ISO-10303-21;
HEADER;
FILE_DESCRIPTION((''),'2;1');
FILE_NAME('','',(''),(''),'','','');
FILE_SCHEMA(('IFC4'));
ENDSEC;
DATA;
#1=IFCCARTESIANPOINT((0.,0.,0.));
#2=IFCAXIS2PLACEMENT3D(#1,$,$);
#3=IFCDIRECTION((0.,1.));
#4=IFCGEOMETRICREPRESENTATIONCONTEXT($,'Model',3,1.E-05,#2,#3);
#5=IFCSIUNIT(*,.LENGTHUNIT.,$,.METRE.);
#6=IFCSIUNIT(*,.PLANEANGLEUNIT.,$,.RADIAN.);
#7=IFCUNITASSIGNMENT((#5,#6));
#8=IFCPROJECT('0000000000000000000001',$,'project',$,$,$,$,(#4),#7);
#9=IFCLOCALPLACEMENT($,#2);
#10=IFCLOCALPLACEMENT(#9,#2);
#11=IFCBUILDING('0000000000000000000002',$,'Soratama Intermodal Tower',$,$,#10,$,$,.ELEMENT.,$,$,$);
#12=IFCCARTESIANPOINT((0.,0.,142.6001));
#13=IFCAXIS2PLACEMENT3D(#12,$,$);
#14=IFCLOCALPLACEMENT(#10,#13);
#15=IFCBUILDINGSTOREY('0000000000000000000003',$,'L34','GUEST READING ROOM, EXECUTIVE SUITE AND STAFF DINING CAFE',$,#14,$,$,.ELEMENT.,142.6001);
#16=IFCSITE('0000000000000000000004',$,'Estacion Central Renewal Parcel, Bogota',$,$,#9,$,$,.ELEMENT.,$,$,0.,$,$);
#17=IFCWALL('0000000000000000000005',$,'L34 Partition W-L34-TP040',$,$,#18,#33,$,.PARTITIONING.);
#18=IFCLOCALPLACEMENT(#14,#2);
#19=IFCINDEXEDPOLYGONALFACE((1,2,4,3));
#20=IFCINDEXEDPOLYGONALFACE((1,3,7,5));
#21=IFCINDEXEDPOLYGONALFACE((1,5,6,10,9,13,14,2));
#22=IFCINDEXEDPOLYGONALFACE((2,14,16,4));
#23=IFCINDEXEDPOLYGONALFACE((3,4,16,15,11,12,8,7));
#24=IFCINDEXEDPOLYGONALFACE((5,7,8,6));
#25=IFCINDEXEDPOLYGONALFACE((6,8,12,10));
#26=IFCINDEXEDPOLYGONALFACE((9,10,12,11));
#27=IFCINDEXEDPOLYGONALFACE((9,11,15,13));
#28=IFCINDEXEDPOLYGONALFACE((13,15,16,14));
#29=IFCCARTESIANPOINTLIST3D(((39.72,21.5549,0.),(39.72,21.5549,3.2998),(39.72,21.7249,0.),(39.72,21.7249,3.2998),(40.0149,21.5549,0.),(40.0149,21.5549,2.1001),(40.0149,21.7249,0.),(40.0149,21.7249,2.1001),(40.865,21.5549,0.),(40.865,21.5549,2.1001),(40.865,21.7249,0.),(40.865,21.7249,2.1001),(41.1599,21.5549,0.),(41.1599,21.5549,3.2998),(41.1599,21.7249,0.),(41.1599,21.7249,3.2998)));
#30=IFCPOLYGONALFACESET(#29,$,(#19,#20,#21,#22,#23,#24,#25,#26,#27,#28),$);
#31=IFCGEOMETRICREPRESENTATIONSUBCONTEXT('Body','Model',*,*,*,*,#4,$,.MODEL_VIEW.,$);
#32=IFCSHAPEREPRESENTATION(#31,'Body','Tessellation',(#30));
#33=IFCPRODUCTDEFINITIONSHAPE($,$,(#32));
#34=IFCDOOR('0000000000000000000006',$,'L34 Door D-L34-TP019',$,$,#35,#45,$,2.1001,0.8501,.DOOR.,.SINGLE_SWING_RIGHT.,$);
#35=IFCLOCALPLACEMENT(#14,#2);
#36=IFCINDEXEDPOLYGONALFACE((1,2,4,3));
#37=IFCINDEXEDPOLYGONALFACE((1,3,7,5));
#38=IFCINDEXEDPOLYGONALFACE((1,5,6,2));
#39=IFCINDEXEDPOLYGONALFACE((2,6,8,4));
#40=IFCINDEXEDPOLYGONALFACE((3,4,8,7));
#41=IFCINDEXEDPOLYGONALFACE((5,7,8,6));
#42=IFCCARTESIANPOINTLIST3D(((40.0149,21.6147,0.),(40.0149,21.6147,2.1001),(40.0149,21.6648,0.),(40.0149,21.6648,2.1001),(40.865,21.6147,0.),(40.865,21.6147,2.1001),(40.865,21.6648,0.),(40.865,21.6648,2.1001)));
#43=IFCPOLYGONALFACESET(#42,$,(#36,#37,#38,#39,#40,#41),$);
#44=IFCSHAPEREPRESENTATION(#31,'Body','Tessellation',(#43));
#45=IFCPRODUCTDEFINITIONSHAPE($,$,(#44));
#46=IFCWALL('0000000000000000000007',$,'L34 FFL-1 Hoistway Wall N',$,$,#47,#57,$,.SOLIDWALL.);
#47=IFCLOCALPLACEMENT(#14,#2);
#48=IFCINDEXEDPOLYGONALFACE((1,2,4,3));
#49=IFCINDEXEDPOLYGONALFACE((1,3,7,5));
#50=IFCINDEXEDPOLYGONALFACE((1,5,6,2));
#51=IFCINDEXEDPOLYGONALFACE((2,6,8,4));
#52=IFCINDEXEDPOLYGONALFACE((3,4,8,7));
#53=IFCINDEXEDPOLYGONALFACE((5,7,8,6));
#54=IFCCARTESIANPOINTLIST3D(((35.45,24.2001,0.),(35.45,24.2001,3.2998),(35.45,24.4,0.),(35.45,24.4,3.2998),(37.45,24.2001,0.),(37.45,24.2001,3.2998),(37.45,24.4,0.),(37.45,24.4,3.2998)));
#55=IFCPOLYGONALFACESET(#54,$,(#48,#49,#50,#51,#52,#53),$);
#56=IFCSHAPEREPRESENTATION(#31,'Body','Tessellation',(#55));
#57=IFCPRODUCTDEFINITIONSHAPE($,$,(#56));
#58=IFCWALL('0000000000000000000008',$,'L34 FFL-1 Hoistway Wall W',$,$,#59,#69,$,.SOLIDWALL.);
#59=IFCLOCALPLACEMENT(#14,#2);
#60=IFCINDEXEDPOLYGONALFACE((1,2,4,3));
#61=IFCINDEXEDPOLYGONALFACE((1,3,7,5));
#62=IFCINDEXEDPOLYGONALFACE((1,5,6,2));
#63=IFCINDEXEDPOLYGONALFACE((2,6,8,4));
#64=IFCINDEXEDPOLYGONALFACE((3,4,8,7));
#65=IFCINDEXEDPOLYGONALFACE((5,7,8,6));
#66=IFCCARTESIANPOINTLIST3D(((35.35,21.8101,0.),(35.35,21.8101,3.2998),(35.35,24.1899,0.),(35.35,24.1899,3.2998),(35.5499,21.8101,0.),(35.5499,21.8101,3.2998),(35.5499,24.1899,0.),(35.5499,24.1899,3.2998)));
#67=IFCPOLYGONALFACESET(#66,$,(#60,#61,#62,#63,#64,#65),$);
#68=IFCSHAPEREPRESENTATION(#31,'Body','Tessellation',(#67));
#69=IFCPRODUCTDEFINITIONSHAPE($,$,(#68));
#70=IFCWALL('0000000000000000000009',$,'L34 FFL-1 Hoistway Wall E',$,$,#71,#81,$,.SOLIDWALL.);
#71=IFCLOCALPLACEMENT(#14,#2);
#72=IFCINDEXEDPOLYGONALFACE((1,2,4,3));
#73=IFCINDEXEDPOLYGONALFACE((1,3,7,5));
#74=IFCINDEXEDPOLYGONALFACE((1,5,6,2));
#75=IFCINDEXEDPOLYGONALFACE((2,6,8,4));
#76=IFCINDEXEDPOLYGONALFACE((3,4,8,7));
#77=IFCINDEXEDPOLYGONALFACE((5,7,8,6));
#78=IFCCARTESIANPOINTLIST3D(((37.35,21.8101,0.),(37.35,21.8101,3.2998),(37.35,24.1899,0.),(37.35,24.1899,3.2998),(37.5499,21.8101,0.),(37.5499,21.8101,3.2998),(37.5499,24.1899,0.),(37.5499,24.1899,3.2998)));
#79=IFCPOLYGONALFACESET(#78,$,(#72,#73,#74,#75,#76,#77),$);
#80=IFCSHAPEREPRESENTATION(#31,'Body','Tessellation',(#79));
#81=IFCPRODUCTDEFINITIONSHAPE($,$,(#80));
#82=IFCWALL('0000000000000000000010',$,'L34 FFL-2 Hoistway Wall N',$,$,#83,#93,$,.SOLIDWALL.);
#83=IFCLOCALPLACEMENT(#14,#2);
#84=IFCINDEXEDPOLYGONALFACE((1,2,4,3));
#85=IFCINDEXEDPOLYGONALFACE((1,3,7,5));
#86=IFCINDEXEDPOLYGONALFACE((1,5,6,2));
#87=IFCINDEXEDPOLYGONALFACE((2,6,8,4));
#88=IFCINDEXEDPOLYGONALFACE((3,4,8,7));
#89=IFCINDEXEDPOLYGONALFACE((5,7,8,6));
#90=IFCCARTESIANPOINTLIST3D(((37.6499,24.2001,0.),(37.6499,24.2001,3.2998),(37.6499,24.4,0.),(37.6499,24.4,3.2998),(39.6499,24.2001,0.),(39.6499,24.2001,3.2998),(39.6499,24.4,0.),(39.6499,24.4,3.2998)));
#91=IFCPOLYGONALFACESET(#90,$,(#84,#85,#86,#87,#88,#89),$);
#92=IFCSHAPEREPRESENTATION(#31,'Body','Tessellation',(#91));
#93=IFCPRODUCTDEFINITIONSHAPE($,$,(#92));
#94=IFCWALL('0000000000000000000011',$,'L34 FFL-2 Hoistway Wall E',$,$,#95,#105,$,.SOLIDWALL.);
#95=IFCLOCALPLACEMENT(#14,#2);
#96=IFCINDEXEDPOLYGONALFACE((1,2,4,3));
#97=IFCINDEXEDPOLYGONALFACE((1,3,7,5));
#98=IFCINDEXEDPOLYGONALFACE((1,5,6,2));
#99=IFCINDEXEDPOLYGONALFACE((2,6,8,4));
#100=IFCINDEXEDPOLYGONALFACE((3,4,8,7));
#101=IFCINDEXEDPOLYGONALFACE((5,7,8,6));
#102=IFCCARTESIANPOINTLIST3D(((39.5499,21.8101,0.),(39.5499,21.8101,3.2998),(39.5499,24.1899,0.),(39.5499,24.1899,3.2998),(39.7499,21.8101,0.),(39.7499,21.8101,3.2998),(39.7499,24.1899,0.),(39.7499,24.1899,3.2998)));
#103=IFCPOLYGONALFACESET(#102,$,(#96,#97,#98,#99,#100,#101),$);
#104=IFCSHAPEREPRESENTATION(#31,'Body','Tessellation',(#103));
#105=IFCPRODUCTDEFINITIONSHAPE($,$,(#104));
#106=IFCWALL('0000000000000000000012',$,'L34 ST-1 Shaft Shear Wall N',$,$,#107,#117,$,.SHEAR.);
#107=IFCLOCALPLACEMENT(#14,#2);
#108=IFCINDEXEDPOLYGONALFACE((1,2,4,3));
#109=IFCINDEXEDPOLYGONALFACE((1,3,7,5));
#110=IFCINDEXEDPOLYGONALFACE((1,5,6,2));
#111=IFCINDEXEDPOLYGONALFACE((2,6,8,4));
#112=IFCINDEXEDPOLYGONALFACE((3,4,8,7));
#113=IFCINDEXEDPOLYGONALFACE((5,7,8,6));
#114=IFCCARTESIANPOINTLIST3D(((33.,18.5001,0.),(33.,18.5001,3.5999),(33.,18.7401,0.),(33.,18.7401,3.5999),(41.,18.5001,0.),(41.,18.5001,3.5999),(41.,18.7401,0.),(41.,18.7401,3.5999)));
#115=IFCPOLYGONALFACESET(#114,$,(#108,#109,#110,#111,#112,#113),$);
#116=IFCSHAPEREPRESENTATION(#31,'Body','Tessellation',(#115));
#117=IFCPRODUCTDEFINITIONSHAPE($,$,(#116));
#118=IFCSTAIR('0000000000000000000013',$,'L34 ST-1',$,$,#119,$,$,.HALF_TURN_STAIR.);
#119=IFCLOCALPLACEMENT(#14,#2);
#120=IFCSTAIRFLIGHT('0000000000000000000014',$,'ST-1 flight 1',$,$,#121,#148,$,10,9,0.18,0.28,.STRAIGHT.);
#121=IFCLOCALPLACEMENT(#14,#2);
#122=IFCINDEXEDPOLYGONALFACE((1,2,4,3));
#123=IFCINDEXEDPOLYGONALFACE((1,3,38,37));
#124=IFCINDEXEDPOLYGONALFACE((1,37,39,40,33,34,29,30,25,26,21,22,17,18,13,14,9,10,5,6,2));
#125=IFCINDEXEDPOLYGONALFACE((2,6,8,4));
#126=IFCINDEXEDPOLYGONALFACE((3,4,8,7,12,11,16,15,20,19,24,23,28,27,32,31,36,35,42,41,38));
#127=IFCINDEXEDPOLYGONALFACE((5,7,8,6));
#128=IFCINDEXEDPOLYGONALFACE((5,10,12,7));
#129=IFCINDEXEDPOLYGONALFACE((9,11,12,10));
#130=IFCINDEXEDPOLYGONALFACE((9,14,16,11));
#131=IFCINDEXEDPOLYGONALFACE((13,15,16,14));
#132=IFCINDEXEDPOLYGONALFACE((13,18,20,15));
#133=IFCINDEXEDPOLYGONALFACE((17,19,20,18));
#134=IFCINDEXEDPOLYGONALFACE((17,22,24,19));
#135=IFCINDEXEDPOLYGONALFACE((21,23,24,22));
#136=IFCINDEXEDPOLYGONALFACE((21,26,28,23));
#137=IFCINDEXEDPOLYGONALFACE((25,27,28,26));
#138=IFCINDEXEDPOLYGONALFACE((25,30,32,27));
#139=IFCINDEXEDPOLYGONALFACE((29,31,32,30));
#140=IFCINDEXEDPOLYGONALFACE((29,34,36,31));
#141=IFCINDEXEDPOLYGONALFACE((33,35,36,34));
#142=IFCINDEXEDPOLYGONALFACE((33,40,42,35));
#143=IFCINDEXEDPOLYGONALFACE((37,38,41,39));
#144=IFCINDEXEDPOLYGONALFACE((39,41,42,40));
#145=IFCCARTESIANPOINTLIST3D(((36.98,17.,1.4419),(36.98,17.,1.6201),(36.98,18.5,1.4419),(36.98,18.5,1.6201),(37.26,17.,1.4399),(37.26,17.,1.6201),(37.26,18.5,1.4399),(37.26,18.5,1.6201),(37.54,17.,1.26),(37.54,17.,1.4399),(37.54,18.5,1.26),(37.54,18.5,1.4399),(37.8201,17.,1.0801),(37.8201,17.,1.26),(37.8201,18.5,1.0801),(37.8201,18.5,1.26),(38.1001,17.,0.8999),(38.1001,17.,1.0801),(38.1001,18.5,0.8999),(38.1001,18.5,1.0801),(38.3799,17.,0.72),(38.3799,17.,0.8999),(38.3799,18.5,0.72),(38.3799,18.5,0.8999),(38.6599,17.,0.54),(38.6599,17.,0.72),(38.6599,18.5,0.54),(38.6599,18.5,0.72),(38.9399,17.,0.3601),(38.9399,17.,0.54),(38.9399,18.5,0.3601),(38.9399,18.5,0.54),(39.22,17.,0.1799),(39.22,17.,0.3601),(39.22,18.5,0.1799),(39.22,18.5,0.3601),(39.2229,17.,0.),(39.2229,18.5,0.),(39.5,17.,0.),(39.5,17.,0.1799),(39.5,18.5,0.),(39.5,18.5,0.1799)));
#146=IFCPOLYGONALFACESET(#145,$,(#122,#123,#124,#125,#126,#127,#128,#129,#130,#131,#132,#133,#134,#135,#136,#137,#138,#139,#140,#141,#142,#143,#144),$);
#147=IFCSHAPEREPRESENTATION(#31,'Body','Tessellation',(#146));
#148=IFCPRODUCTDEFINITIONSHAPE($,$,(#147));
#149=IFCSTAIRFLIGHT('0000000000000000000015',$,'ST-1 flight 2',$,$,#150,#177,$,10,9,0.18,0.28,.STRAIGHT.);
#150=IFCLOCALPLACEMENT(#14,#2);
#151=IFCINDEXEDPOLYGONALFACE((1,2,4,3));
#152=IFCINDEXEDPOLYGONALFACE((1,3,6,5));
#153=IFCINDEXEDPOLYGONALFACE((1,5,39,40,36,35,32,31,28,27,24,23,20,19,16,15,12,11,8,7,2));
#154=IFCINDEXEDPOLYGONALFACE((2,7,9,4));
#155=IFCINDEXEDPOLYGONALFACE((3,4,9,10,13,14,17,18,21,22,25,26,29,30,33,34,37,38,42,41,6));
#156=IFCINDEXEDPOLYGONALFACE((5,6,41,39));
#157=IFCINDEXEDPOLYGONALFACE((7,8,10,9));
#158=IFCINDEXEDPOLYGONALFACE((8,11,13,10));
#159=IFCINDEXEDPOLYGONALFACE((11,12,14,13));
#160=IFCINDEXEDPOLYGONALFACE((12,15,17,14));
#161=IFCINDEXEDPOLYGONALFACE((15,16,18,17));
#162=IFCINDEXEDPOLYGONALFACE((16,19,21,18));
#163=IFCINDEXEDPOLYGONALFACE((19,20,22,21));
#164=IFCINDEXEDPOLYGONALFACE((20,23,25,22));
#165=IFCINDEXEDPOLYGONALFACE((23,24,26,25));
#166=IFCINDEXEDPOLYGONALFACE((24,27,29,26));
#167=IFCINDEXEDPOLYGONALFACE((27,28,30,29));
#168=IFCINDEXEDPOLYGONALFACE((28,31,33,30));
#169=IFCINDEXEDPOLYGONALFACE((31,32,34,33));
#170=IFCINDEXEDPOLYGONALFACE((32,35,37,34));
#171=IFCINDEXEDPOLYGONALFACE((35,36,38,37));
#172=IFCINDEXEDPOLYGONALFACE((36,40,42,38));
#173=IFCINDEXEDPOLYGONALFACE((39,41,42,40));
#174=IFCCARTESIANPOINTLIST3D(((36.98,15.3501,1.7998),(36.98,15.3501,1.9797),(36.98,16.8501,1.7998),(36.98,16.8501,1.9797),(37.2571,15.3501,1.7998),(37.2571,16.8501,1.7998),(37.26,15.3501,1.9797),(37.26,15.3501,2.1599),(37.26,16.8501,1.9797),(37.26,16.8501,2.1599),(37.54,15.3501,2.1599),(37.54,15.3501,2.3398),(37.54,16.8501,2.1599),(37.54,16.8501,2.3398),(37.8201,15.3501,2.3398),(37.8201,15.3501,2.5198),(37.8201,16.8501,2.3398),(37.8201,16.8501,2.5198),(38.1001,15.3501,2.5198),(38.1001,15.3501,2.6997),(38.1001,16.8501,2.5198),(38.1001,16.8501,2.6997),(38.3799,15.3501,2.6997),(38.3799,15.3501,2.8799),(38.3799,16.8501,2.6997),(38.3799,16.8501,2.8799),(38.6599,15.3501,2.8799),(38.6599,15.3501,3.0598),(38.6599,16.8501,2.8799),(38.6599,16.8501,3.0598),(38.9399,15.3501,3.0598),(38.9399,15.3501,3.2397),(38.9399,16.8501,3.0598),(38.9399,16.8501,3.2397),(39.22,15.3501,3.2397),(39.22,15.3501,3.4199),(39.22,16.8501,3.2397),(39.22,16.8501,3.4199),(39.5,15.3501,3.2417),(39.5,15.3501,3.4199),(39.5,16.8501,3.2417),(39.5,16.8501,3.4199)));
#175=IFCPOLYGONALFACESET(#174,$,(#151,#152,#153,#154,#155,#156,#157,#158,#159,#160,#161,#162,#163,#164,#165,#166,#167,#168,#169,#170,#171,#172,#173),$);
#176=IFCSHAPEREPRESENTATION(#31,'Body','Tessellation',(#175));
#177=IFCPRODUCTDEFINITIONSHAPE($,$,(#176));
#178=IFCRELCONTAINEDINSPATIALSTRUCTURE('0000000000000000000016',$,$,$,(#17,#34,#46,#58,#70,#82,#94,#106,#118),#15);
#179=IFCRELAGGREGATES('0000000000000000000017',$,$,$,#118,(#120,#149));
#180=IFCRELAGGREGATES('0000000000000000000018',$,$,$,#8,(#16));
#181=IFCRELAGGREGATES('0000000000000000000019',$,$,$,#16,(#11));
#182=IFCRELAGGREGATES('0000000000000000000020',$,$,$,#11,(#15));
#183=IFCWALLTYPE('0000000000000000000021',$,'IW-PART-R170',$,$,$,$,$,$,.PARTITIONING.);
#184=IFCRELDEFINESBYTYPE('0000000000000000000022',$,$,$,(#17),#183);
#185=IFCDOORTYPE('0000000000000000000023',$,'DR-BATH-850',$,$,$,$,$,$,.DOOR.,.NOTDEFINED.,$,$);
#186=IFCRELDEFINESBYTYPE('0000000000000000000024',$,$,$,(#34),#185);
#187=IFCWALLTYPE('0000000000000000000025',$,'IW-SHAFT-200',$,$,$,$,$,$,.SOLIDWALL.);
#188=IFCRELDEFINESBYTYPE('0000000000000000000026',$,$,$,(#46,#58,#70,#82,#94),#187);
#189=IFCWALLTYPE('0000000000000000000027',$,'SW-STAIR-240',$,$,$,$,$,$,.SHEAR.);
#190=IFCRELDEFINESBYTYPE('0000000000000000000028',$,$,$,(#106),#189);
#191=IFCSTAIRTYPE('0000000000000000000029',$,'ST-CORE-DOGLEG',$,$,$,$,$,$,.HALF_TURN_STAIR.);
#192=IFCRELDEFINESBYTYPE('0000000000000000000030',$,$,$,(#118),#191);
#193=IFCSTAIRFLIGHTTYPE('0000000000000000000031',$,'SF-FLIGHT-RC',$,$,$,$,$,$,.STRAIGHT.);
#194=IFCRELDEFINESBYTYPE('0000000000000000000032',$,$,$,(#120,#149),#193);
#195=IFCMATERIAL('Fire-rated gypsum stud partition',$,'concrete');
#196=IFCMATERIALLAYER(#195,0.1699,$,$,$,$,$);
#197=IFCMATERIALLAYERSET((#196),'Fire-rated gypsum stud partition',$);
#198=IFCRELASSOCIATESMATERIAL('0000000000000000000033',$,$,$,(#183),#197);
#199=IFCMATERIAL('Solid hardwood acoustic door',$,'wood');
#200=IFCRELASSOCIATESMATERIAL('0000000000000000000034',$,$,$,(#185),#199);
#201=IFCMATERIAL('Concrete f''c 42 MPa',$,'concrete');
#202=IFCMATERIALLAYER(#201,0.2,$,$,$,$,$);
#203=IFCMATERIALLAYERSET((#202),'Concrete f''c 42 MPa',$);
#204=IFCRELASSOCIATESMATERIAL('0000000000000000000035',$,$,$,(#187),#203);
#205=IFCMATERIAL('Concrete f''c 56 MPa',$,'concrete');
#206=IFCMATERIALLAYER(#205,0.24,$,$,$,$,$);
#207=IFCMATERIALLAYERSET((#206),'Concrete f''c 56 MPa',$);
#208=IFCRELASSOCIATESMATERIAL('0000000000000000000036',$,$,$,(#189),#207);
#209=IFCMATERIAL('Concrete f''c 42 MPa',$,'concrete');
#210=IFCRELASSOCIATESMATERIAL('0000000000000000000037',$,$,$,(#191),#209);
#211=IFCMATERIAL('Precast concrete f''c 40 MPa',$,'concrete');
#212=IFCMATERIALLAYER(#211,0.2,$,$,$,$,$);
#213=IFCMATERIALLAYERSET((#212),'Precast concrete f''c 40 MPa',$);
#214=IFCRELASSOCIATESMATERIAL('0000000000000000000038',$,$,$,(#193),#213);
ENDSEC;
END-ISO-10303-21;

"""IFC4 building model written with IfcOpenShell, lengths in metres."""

from ifc_helpers import new_model, si_unit, direction, frame, frame_2d, origin, place, context, subcontext, project, spatial, polyline, rectangle, outline, extrude, material, layer, layer_set, type_object, element, fill, aggregate, save


model = new_model("IFC4")

# Units and contexts
model_context = context("Model", 3, precision=1e-05, world=origin(), true_north=direction((0.0, 1.0)))
body_context = subcontext(model_context, "Body", "Model", "MODEL_VIEW")
ifc_project = project(units=[si_unit("LENGTHUNIT", "METRE"), si_unit("PLANEANGLEUNIT", "RADIAN")], contexts=[model_context])

# Site, building, storey
site_placement = place(None, origin())
site = spatial("IfcSite", under=ifc_project, at=site_placement, Name="Estacion Central Renewal Parcel, Bogota", CompositionType="ELEMENT", RefElevation=0.0)
building_placement = place(site_placement, origin())
building = spatial("IfcBuilding", under=site, at=building_placement, Name="Soratama Intermodal Tower", CompositionType="ELEMENT")
storey_placement = place(building_placement, frame((0.0, 0.0, 142.6001)))
storey = spatial("IfcBuildingStorey", under=building, at=storey_placement, Name="L34", Description="GUEST READING ROOM, EXECUTIVE SUITE AND STAFF DINING CAFE", CompositionType="ELEMENT", Elevation=142.6001)

# Wall, opening, door
ifc_material_1 = material(Name="Fire-rated gypsum stud partition", Category="concrete")
ifc_layer_1 = layer(ifc_material_1, 0.1699)
ifc_layer_set_1 = layer_set([ifc_layer_1], Name="Fire-rated gypsum stud partition")
wall_type_1 = type_object("IfcWallType", Name="IW-PART-R170", PredefinedType="PARTITIONING", material=ifc_layer_set_1)
wall_1_placement = place(storey_placement, frame((39.72, 21.6399, 0.0), z_axis=(0.0, 0.0, 1.0), x_axis=(1.0, 0.0, 0.0)))
wall_1 = element("IfcWall", 1, at=wall_1_placement, inside=storey, type_object=wall_type_1, Name="L34 Partition W-L34-TP040", PredefinedType="PARTITIONING", context=body_context, shape_type="SweptSolid", body=[
    extrude(rectangle(XDim=1.4399, YDim=0.1699, at=frame_2d((0.72, 0.0))), origin(), (0.0, 0.0, 1.0), 3.2998),
])
opening_1_placement = place(wall_1_placement, frame((0.2949, 0.0, 0.0)))
opening_1 = element("IfcOpeningElement", 2, at=opening_1_placement, cuts=wall_1, PredefinedType="OPENING", context=body_context, shape_type="SweptSolid", body=[
    extrude(rectangle(XDim=0.8501, YDim=2.1001, at=frame_2d((0.425, 1.05))), frame((0.0, 0.095, 0.0), z_axis=(0.0, -1.0, 0.0), x_axis=(1.0, 0.0, 0.0)), (0.0, 0.0, 1.0), 0.1899),
])
ifc_material_2 = material(Name="Solid hardwood acoustic door", Category="wood")
door_type_1 = type_object("IfcDoorType", Name="DR-BATH-850", OperationType="NOTDEFINED", PredefinedType="DOOR", material=ifc_material_2)
door_1_placement = place(opening_1_placement, origin())
door_1 = element("IfcDoor", 3, at=door_1_placement, inside=storey, type_object=door_type_1, Name="L34 Door D-L34-TP019", OperationType="SINGLE_SWING_RIGHT", OverallHeight=2.1001, OverallWidth=0.8501, PredefinedType="DOOR", context=body_context, shape_type="SweptSolid", body=[
    extrude(rectangle(XDim=0.8501, YDim=2.1001, at=frame_2d((0.425, 1.05))), frame((0.0, 0.0249, 0.0), z_axis=(0.0, -1.0, 0.0), x_axis=(1.0, 0.0, 0.0)), (0.0, 0.0, 1.0), 0.05),
])
fill(opening_1, door_1)
ifc_material_3 = material(Name="Concrete f'c 42 MPa", Category="concrete")
ifc_layer_2 = layer(ifc_material_3, 0.2)
ifc_layer_set_2 = layer_set([ifc_layer_2], Name="Concrete f'c 42 MPa")
wall_type_2 = type_object("IfcWallType", Name="IW-SHAFT-200", PredefinedType="SOLIDWALL", material=ifc_layer_set_2)

# Walls
wall_2_placement = place(storey_placement, frame((35.45, 24.3, 0.0), z_axis=(0.0, 0.0, 1.0), x_axis=(1.0, 0.0, 0.0)))
element("IfcWall", 4, at=wall_2_placement, inside=storey, type_object=wall_type_2, Name="L34 FFL-1 Hoistway Wall N", PredefinedType="SOLIDWALL", context=body_context, shape_type="SweptSolid", body=[
    extrude(rectangle(XDim=2.0, YDim=0.2, at=frame_2d((1.0, 0.0))), origin(), (0.0, 0.0, 1.0), 3.2998),
])
for number, where, z_axis, x_axis, name in (
    (5, (35.45, 21.8101, 0.0), (0.0, 0.0, 1.0), (0.0, 1.0, 0.0), "L34 FFL-1 Hoistway Wall W"),
    (6, (37.45, 21.8101, 0.0), (0.0, 0.0, 1.0), (0.0, 1.0, 0.0), "L34 FFL-1 Hoistway Wall E"),
):
    element("IfcWall", number, at=place(storey_placement, frame(where, z_axis=z_axis, x_axis=x_axis)), inside=storey, type_object=wall_type_2, Name=name, PredefinedType="SOLIDWALL", context=body_context, shape_type="SweptSolid", body=[
        extrude(rectangle(XDim=2.3799, YDim=0.2, at=frame_2d((1.1899, 0.0))), origin(), (0.0, 0.0, 1.0), 3.2998),
    ])

# Walls
wall_3_placement = place(storey_placement, frame((37.6499, 24.3, 0.0), z_axis=(0.0, 0.0, 1.0), x_axis=(1.0, 0.0, 0.0)))
element("IfcWall", 7, at=wall_3_placement, inside=storey, type_object=wall_type_2, Name="L34 FFL-2 Hoistway Wall N", PredefinedType="SOLIDWALL", context=body_context, shape_type="SweptSolid", body=[
    extrude(rectangle(XDim=2.0, YDim=0.2, at=frame_2d((1.0, 0.0))), origin(), (0.0, 0.0, 1.0), 3.2998),
])
wall_4_placement = place(storey_placement, frame((39.6499, 21.8101, 0.0), z_axis=(0.0, 0.0, 1.0), x_axis=(0.0, 1.0, 0.0)))
element("IfcWall", 8, at=wall_4_placement, inside=storey, type_object=wall_type_2, Name="L34 FFL-2 Hoistway Wall E", PredefinedType="SOLIDWALL", context=body_context, shape_type="SweptSolid", body=[
    extrude(rectangle(XDim=2.3799, YDim=0.2, at=frame_2d((1.1899, 0.0))), origin(), (0.0, 0.0, 1.0), 3.2998),
])

# Wall
ifc_material_4 = material(Name="Concrete f'c 56 MPa", Category="concrete")
ifc_layer_3 = layer(ifc_material_4, 0.24)
ifc_layer_set_3 = layer_set([ifc_layer_3], Name="Concrete f'c 56 MPa")
wall_type_3 = type_object("IfcWallType", Name="SW-STAIR-240", PredefinedType="SHEAR", material=ifc_layer_set_3)
wall_5_placement = place(storey_placement, frame((33.0, 18.6201, 0.0), z_axis=(0.0, 0.0, 1.0), x_axis=(1.0, 0.0, 0.0)))
element("IfcWall", 9, at=wall_5_placement, inside=storey, type_object=wall_type_3, Name="L34 ST-1 Shaft Shear Wall N", PredefinedType="SHEAR", context=body_context, shape_type="SweptSolid", body=[
    extrude(rectangle(XDim=8.0, YDim=0.24, at=frame_2d((4.0, 0.0))), origin(), (0.0, 0.0, 1.0), 3.5999),
])

# Stair, stair flights
ifc_material_5 = material(Name="Concrete f'c 42 MPa", Category="concrete")
stair_type = type_object("IfcStairType", Name="ST-CORE-DOGLEG", PredefinedType="HALF_TURN_STAIR", material=ifc_material_5)
stair_placement = place(storey_placement, origin())
stair = element("IfcStair", 10, at=stair_placement, inside=storey, type_object=stair_type, Name="L34 ST-1", PredefinedType="HALF_TURN_STAIR")
ifc_material_6 = material(Name="Precast concrete f'c 40 MPa", Category="concrete")
ifc_layer_4 = layer(ifc_material_6, 0.2)
ifc_layer_set_4 = layer_set([ifc_layer_4], Name="Precast concrete f'c 40 MPa")
stair_flight_type = type_object("IfcStairFlightType", Name="SF-FLIGHT-RC", PredefinedType="STRAIGHT", material=ifc_layer_set_4)
stair_flight_1_placement = place(storey_placement, frame((39.5, 17.75, 0.0), z_axis=(0.0, 0.0, 1.0), x_axis=(-1.0, 0.0, 0.0)))
stair_flight_1 = element("IfcStairFlight", 11, at=stair_flight_1_placement, type_object=stair_flight_type, Name="ST-1 flight 1", NumberOfRisers=10, NumberOfTreads=9, PredefinedType="STRAIGHT", RiserHeight=0.18, TreadLength=0.28, context=body_context, shape_type="SweptSolid", body=[
    extrude(outline(polyline([(0.0, 0.0), (0.0, 0.1799), (0.28, 0.1799), (0.28, 0.3601), (0.5601, 0.3601), (0.5601, 0.54), (0.8401, 0.54), (0.8401, 0.72), (1.1201, 0.72), (1.1201, 0.8999), (1.3999, 0.8999), (1.3999, 1.0801), (1.6799, 1.0801), (1.6799, 1.26), (1.96, 1.26), (1.96, 1.4399), (2.24, 1.4399), (2.24, 1.6201), (2.52, 1.6201), (2.52, 1.8), (2.52, 1.4419), (0.2771, 0.0), (0.0, 0.0)])), frame((0.0, 0.75, 0.0), z_axis=(0.0, -1.0, 0.0), x_axis=(1.0, 0.0, 0.0)), (0.0, 0.0, 1.0), 1.5),
])
stair_flight_2_placement = place(storey_placement, frame((36.98, 16.1001, 1.7998), z_axis=(0.0, 0.0, 1.0), x_axis=(1.0, 0.0, 0.0)))
stair_flight_2 = element("IfcStairFlight", 12, at=stair_flight_2_placement, type_object=stair_flight_type, Name="ST-1 flight 2", NumberOfRisers=10, NumberOfTreads=9, PredefinedType="STRAIGHT", RiserHeight=0.18, TreadLength=0.28, context=body_context, shape_type="SweptSolid", body=[
    extrude(outline(polyline([(0.0, 0.0), (0.0, 0.1799), (0.28, 0.1799), (0.28, 0.3601), (0.5601, 0.3601), (0.5601, 0.54), (0.8401, 0.54), (0.8401, 0.72), (1.1201, 0.72), (1.1201, 0.8999), (1.3999, 0.8999), (1.3999, 1.0801), (1.6799, 1.0801), (1.6799, 1.26), (1.96, 1.26), (1.96, 1.4399), (2.24, 1.4399), (2.24, 1.6201), (2.52, 1.6201), (2.52, 1.8), (2.52, 1.4419), (0.2771, 0.0), (0.0, 0.0)])), frame((0.0, 0.75, 0.0), z_axis=(0.0, -1.0, 0.0), x_axis=(1.0, 0.0, 0.0)), (0.0, 0.0, 1.0), 1.5),
])
aggregate(stair, [stair_flight_1, stair_flight_2])

save(model, "model.ifc")
